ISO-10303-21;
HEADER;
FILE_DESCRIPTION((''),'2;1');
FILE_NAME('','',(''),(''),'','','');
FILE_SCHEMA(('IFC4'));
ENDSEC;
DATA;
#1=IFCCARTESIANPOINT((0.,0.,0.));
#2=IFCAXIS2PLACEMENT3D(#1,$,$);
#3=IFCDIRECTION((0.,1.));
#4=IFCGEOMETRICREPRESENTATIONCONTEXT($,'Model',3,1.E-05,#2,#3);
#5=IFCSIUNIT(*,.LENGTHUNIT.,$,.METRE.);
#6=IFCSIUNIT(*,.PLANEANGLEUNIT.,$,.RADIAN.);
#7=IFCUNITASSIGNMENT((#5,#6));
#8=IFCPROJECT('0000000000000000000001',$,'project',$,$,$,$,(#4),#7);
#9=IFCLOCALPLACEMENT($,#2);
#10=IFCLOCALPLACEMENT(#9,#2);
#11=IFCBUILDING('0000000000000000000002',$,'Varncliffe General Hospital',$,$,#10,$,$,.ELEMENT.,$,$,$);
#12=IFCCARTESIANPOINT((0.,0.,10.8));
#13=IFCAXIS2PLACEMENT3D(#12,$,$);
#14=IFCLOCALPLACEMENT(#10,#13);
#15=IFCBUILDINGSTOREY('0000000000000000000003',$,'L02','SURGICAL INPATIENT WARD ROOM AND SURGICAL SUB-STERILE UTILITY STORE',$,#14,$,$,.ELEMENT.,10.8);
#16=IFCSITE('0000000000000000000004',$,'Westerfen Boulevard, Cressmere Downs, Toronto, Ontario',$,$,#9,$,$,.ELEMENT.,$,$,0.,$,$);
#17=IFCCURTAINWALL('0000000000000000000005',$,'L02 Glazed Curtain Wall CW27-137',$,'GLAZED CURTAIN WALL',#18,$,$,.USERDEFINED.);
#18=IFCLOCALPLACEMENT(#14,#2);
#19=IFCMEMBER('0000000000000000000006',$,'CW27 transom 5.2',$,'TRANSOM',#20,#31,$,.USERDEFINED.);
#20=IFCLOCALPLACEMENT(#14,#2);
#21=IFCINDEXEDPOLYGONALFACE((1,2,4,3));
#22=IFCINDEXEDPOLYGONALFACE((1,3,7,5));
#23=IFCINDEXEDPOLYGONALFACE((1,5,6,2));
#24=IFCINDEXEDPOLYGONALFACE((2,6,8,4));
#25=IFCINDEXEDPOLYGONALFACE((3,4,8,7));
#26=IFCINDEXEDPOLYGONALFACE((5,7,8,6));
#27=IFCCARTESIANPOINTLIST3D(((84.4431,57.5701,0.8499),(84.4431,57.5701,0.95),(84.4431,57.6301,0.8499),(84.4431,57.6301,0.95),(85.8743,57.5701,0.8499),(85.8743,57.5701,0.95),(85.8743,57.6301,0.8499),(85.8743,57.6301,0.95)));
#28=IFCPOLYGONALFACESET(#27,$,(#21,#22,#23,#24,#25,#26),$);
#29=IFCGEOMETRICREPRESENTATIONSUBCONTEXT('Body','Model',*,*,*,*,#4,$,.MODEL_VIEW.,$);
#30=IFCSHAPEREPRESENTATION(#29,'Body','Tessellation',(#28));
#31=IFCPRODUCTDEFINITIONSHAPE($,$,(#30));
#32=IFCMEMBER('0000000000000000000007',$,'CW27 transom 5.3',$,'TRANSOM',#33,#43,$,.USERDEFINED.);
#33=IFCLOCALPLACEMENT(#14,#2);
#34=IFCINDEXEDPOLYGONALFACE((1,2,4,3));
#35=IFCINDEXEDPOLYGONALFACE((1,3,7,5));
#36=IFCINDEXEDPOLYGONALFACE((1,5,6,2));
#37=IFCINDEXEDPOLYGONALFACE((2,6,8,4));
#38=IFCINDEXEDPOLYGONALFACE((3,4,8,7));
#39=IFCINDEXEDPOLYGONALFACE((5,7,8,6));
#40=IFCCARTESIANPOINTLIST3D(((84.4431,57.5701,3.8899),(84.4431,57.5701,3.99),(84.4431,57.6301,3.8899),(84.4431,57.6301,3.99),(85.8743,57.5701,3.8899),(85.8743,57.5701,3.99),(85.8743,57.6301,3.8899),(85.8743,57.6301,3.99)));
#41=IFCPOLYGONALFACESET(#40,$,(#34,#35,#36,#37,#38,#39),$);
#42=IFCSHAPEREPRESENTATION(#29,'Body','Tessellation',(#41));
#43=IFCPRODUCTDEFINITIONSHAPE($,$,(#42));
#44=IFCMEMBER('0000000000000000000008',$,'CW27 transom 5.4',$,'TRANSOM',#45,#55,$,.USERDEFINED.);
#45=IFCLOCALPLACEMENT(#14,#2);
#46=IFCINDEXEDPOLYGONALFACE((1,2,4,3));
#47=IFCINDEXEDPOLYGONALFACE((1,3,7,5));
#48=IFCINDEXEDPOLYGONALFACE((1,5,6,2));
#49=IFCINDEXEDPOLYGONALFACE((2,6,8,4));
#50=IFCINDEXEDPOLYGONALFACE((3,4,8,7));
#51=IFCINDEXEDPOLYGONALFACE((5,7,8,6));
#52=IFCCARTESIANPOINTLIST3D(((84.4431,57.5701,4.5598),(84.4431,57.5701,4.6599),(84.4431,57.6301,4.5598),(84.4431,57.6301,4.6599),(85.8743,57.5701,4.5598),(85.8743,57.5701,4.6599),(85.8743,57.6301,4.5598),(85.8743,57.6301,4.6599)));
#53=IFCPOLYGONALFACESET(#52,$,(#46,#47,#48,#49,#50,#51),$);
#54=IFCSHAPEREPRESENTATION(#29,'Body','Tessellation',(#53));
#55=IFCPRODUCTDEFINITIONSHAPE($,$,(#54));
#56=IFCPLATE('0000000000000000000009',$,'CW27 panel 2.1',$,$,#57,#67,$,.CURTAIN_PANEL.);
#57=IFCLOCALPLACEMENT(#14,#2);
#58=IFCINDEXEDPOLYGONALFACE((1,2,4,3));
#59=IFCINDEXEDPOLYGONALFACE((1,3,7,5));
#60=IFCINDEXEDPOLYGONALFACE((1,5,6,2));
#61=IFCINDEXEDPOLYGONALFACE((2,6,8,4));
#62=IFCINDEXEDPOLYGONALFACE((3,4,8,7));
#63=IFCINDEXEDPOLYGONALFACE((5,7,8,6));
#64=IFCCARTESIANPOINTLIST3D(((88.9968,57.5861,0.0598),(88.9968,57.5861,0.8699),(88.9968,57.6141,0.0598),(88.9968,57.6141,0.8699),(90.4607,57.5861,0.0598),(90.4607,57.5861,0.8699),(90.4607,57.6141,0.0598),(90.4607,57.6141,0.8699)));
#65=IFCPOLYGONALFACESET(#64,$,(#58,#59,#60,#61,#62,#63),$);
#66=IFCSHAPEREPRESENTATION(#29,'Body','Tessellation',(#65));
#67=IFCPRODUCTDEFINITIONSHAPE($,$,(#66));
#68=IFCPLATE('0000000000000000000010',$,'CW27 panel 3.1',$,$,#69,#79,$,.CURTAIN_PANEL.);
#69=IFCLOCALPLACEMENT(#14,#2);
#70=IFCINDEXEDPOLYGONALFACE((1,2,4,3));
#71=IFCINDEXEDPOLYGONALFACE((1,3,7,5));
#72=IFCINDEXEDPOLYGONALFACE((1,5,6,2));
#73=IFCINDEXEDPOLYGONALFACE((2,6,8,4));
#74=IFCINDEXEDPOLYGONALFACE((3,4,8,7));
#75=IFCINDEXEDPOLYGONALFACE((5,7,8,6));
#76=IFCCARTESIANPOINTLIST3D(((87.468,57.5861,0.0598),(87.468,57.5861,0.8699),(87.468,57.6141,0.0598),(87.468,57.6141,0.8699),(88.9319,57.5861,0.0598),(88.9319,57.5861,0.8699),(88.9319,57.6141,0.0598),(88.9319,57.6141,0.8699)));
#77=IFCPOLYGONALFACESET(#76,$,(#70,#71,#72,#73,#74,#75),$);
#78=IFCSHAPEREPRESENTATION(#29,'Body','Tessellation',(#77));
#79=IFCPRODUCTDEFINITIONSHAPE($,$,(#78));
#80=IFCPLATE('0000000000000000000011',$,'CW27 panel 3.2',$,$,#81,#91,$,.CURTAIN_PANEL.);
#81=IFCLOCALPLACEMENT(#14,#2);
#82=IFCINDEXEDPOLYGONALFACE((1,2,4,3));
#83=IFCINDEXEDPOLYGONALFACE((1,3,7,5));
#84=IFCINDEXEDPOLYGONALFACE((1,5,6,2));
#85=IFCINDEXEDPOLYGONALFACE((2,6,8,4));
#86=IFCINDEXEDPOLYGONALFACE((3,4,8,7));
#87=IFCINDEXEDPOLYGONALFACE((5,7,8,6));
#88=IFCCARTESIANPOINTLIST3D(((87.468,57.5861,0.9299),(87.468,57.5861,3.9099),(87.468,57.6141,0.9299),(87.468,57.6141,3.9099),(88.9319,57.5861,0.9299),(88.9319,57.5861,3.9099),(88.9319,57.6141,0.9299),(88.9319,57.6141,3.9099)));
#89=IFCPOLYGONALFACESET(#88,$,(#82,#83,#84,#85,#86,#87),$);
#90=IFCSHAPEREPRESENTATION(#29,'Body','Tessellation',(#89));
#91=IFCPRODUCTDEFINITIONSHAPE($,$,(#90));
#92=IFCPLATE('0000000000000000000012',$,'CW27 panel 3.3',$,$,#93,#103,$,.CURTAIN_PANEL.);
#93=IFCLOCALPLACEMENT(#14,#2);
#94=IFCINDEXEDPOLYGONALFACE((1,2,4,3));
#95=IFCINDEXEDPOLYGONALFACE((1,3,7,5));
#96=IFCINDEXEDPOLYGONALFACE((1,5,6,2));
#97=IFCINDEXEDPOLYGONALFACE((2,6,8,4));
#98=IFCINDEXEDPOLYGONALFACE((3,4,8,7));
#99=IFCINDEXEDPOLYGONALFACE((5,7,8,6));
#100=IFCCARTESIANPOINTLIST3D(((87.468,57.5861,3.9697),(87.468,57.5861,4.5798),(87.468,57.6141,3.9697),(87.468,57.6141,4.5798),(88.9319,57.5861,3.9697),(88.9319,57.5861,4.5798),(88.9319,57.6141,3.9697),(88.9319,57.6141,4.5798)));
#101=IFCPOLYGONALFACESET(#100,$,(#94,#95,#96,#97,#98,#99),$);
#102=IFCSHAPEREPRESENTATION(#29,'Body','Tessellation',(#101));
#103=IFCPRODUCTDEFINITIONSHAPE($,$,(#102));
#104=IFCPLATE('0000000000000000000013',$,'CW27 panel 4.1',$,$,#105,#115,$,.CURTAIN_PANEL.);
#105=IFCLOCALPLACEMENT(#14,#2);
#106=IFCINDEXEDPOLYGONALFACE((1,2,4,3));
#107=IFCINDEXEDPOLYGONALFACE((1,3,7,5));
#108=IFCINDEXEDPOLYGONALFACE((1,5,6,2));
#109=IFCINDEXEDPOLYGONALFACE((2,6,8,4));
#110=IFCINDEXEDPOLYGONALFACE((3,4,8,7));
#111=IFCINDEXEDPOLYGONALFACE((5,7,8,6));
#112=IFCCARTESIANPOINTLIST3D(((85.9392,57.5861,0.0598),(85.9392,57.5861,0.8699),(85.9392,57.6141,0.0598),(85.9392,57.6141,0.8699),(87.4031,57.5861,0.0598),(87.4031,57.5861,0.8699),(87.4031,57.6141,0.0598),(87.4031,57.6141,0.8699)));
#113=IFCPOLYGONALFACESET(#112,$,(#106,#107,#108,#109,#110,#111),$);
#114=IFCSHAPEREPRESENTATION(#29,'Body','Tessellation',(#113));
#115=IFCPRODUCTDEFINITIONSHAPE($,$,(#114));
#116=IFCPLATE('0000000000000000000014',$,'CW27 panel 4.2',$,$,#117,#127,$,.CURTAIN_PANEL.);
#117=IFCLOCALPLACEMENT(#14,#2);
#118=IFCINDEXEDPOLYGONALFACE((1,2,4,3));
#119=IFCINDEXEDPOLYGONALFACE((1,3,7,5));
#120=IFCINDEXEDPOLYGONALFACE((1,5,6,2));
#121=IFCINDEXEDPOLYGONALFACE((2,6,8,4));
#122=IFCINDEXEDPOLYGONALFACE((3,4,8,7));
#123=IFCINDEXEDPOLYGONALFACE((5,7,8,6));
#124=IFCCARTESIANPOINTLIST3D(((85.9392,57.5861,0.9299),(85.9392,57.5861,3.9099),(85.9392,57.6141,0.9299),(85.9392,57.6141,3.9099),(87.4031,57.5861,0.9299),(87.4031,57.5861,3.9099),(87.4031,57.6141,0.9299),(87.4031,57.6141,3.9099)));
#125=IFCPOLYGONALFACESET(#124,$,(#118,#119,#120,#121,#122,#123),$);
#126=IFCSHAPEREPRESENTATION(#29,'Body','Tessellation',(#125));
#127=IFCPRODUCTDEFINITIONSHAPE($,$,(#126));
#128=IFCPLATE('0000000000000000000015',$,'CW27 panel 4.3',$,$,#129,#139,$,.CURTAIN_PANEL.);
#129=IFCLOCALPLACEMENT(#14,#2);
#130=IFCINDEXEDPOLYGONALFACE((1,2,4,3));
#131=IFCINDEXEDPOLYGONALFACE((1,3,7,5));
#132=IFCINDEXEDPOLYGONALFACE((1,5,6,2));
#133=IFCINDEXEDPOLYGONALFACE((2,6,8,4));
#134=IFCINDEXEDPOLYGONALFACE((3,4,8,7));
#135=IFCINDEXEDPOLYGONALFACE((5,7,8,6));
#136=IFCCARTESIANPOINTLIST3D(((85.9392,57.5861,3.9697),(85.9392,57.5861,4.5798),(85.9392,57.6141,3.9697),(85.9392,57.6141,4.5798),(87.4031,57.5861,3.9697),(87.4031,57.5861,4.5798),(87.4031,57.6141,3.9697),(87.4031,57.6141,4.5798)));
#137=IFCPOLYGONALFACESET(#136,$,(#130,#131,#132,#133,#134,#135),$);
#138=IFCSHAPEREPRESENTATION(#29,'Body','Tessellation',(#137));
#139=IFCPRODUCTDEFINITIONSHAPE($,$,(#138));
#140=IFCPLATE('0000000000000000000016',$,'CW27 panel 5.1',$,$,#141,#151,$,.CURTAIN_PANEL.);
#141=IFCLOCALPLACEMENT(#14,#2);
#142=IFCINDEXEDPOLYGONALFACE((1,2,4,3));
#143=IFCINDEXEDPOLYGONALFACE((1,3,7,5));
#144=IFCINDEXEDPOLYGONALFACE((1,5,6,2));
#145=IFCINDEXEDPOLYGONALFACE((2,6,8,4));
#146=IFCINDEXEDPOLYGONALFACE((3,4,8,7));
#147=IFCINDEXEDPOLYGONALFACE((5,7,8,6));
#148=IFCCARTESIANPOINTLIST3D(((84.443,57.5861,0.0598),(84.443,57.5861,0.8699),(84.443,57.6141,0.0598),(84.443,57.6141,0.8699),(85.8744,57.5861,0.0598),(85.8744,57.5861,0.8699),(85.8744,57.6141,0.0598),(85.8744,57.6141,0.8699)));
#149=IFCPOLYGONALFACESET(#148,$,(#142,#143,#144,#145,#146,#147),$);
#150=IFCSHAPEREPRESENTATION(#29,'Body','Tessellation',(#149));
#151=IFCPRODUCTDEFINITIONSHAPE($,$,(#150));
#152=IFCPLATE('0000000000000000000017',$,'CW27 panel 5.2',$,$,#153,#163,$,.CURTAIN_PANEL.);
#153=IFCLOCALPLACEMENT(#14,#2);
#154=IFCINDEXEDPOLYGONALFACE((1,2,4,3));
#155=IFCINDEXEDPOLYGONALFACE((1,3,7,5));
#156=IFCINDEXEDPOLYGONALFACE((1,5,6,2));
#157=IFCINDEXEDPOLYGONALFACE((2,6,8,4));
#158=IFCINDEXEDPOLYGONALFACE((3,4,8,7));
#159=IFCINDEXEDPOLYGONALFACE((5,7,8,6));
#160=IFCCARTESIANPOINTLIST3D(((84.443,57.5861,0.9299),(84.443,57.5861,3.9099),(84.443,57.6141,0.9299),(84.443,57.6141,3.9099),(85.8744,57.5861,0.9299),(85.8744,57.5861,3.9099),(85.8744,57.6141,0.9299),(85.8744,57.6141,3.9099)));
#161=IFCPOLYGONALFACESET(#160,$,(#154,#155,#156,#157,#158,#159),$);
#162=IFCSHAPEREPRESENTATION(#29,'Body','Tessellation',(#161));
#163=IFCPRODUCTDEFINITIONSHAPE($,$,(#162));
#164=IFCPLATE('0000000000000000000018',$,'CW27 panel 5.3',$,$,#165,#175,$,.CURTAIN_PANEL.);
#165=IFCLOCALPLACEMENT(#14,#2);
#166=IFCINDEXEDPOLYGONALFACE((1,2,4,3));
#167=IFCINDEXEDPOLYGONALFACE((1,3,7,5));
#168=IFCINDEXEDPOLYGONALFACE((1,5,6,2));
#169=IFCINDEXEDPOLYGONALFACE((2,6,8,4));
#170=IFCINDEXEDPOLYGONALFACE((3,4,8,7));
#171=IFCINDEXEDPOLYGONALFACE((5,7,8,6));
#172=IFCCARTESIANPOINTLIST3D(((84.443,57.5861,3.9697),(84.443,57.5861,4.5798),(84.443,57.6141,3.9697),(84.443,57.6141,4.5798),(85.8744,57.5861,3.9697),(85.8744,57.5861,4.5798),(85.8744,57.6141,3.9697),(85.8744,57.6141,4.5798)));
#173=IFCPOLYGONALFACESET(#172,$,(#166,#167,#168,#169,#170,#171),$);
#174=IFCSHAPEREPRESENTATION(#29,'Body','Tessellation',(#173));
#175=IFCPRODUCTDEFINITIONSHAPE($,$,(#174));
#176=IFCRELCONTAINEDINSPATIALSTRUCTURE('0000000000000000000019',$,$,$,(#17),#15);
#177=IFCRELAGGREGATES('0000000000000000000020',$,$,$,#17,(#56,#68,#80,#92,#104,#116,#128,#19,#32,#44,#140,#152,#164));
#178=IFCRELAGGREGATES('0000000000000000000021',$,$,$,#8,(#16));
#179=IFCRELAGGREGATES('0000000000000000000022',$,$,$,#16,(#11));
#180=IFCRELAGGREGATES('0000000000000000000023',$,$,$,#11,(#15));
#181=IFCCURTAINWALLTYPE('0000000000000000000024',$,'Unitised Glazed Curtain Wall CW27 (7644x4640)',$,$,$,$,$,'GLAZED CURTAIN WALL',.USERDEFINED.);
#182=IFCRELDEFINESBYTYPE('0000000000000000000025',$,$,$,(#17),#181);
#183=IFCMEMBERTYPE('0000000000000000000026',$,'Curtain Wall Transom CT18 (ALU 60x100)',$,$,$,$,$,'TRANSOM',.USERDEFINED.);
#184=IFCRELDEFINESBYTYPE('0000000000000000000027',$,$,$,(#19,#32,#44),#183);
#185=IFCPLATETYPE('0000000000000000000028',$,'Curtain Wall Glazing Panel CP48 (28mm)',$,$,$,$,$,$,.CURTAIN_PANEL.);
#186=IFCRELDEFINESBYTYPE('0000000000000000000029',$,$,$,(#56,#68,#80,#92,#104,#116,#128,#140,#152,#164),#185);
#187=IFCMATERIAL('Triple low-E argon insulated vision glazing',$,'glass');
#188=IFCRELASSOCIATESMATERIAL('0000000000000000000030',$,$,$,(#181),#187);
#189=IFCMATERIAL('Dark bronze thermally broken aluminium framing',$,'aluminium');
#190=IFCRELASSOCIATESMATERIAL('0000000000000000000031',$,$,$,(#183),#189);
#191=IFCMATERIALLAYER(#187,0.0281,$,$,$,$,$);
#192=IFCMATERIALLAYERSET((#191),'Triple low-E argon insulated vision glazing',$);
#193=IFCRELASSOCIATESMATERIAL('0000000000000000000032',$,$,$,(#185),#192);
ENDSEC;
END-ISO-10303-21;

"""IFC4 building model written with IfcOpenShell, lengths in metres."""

from ifc_helpers import new_model, si_unit, direction, frame, origin, origin_2d, place, context, subcontext, project, spatial, rectangle, extrude, material, layer, layer_set, material_profile, profile_set, type_object, element, aggregate, save


model = new_model("IFC4")

# Units and contexts
model_context = context("Model", 3, precision=1e-05, world=origin(), true_north=direction((0.0, 1.0)))
body_context = subcontext(model_context, "Body", "Model", "MODEL_VIEW")
ifc_project = project(units=[si_unit("LENGTHUNIT", "METRE"), si_unit("PLANEANGLEUNIT", "RADIAN")], contexts=[model_context])

# Site, building, storey
site_placement = place(None, origin())
site = spatial("IfcSite", under=ifc_project, at=site_placement, Name="Westerfen Boulevard, Cressmere Downs, Toronto, Ontario", CompositionType="ELEMENT", RefElevation=0.0)
building_placement = place(site_placement, origin())
building = spatial("IfcBuilding", under=site, at=building_placement, Name="Varncliffe General Hospital", CompositionType="ELEMENT")
storey_placement = place(building_placement, frame((0.0, 0.0, 10.8)))
storey = spatial("IfcBuildingStorey", under=building, at=storey_placement, Name="L02", Description="SURGICAL INPATIENT WARD ROOM AND SURGICAL SUB-STERILE UTILITY STORE", CompositionType="ELEMENT", Elevation=10.8)

# Curtain wall, members, plates
ifc_material_1 = material(Name="Triple low-E argon insulated vision glazing", Category="glass")
curtain_wall_type = type_object("IfcCurtainWallType", Name="Unitised Glazed Curtain Wall CW27 (7644x4640)", ElementType="GLAZED CURTAIN WALL", PredefinedType="USERDEFINED", material=ifc_material_1)
curtain_wall_placement = place(storey_placement, origin())
curtain_wall = element("IfcCurtainWall", 1, at=curtain_wall_placement, inside=storey, type_object=curtain_wall_type, Name="L02 Glazed Curtain Wall CW27-137", ObjectType="GLAZED CURTAIN WALL", PredefinedType="USERDEFINED")
ifc_material_2 = material(Name="Dark bronze thermally broken aluminium framing", Category="aluminium")
ifc_material_profile_1 = material_profile(ifc_material_2, rectangle(XDim=0.0601, YDim=0.1001, at=origin_2d()), Name="ALU 60x100")
ifc_profile_set_1 = profile_set([ifc_material_profile_1], Name="Dark bronze thermally broken aluminium framing")
member_type_1 = type_object("IfcMemberType", Name="Curtain Wall Transom CT18 (ALU 60x100)", ElementType="TRANSOM", PredefinedType="USERDEFINED", material=ifc_profile_set_1)
member_1_placement = place(storey_placement, frame((85.8743, 57.6001, 0.8999), z_axis=(-1.0, 0.0, 0.0), x_axis=(0.0, -1.0, 0.0)))
member_1 = element("IfcMember", 2, at=member_1_placement, type_object=member_type_1, Name="CW27 transom 5.2", ObjectType="TRANSOM", PredefinedType="USERDEFINED", context=body_context, shape_type="SweptSolid", body=[
    extrude(rectangle(XDim=0.0601, YDim=0.1001, at=origin_2d()), origin(), (0.0, 0.0, 1.0), 1.4312),
])
member_2_placement = place(storey_placement, frame((85.8743, 57.6001, 3.9399), z_axis=(-1.0, 0.0, 0.0), x_axis=(0.0, -1.0, 0.0)))
member_2 = element("IfcMember", 3, at=member_2_placement, type_object=member_type_1, Name="CW27 transom 5.3", ObjectType="TRANSOM", PredefinedType="USERDEFINED", context=body_context, shape_type="SweptSolid", body=[
    extrude(rectangle(XDim=0.0601, YDim=0.1001, at=origin_2d()), origin(), (0.0, 0.0, 1.0), 1.4312),
])
member_3_placement = place(storey_placement, frame((85.8743, 57.6001, 4.6099), z_axis=(-1.0, 0.0, 0.0), x_axis=(0.0, -1.0, 0.0)))
member_3 = element("IfcMember", 4, at=member_3_placement, type_object=member_type_1, Name="CW27 transom 5.4", ObjectType="TRANSOM", PredefinedType="USERDEFINED", context=body_context, shape_type="SweptSolid", body=[
    extrude(rectangle(XDim=0.0601, YDim=0.1001, at=origin_2d()), origin(), (0.0, 0.0, 1.0), 1.4312),
])
ifc_layer = layer(ifc_material_1, 0.0281)
ifc_layer_set = layer_set([ifc_layer], Name="Triple low-E argon insulated vision glazing")
plate_type = type_object("IfcPlateType", Name="Curtain Wall Glazing Panel CP48 (28mm)", PredefinedType="CURTAIN_PANEL", material=ifc_layer_set)
plate_1_placement = place(storey_placement, frame((89.7288, 57.6001, 0.0598), z_axis=(0.0, 0.0, 1.0), x_axis=(-1.0, 0.0, 0.0)))
plate_1 = element("IfcPlate", 5, at=plate_1_placement, type_object=plate_type, Name="CW27 panel 2.1", PredefinedType="CURTAIN_PANEL", context=body_context, shape_type="SweptSolid", body=[
    extrude(rectangle(XDim=1.4639, YDim=0.0281, at=origin_2d()), origin(), (0.0, 0.0, 1.0), 0.8101),
])
plate_2_placement = place(storey_placement, frame((88.2, 57.6001, 0.0598), z_axis=(0.0, 0.0, 1.0), x_axis=(-1.0, 0.0, 0.0)))
plate_2 = element("IfcPlate", 6, at=plate_2_placement, type_object=plate_type, Name="CW27 panel 3.1", PredefinedType="CURTAIN_PANEL", context=body_context, shape_type="SweptSolid", body=[
    extrude(rectangle(XDim=1.4639, YDim=0.0281, at=origin_2d()), origin(), (0.0, 0.0, 1.0), 0.8101),
])
plate_3_placement = place(storey_placement, frame((88.2, 57.6001, 0.9299), z_axis=(0.0, 0.0, 1.0), x_axis=(-1.0, 0.0, 0.0)))
plate_3 = element("IfcPlate", 7, at=plate_3_placement, type_object=plate_type, Name="CW27 panel 3.2", PredefinedType="CURTAIN_PANEL", context=body_context, shape_type="SweptSolid", body=[
    extrude(rectangle(XDim=1.4639, YDim=0.0281, at=origin_2d()), origin(), (0.0, 0.0, 1.0), 2.98),
])
plate_4_placement = place(storey_placement, frame((88.2, 57.6001, 3.9697), z_axis=(0.0, 0.0, 1.0), x_axis=(-1.0, 0.0, 0.0)))
plate_4 = element("IfcPlate", 8, at=plate_4_placement, type_object=plate_type, Name="CW27 panel 3.3", PredefinedType="CURTAIN_PANEL", context=body_context, shape_type="SweptSolid", body=[
    extrude(rectangle(XDim=1.4639, YDim=0.0281, at=origin_2d()), origin(), (0.0, 0.0, 1.0), 0.6101),
])
plate_5_placement = place(storey_placement, frame((86.6711, 57.6001, 0.0598), z_axis=(0.0, 0.0, 1.0), x_axis=(-1.0, 0.0, 0.0)))
plate_5 = element("IfcPlate", 9, at=plate_5_placement, type_object=plate_type, Name="CW27 panel 4.1", PredefinedType="CURTAIN_PANEL", context=body_context, shape_type="SweptSolid", body=[
    extrude(rectangle(XDim=1.4639, YDim=0.0281, at=origin_2d()), origin(), (0.0, 0.0, 1.0), 0.8101),
])
plate_6_placement = place(storey_placement, frame((86.6711, 57.6001, 0.9299), z_axis=(0.0, 0.0, 1.0), x_axis=(-1.0, 0.0, 0.0)))
plate_6 = element("IfcPlate", 10, at=plate_6_placement, type_object=plate_type, Name="CW27 panel 4.2", PredefinedType="CURTAIN_PANEL", context=body_context, shape_type="SweptSolid", body=[
    extrude(rectangle(XDim=1.4639, YDim=0.0281, at=origin_2d()), origin(), (0.0, 0.0, 1.0), 2.98),
])
plate_7_placement = place(storey_placement, frame((86.6711, 57.6001, 3.9697), z_axis=(0.0, 0.0, 1.0), x_axis=(-1.0, 0.0, 0.0)))
plate_7 = element("IfcPlate", 11, at=plate_7_placement, type_object=plate_type, Name="CW27 panel 4.3", PredefinedType="CURTAIN_PANEL", context=body_context, shape_type="SweptSolid", body=[
    extrude(rectangle(XDim=1.4639, YDim=0.0281, at=origin_2d()), origin(), (0.0, 0.0, 1.0), 0.6101),
])
plate_8_placement = place(storey_placement, frame((85.1587, 57.6001, 0.0598), z_axis=(0.0, 0.0, 1.0), x_axis=(-1.0, 0.0, 0.0)))
plate_8 = element("IfcPlate", 12, at=plate_8_placement, type_object=plate_type, Name="CW27 panel 5.1", PredefinedType="CURTAIN_PANEL", context=body_context, shape_type="SweptSolid", body=[
    extrude(rectangle(XDim=1.4314, YDim=0.0281, at=origin_2d()), origin(), (0.0, 0.0, 1.0), 0.8101),
])
plate_9_placement = place(storey_placement, frame((85.1587, 57.6001, 0.9299), z_axis=(0.0, 0.0, 1.0), x_axis=(-1.0, 0.0, 0.0)))
plate_9 = element("IfcPlate", 13, at=plate_9_placement, type_object=plate_type, Name="CW27 panel 5.2", PredefinedType="CURTAIN_PANEL", context=body_context, shape_type="SweptSolid", body=[
    extrude(rectangle(XDim=1.4314, YDim=0.0281, at=origin_2d()), origin(), (0.0, 0.0, 1.0), 2.98),
])
plate_10_placement = place(storey_placement, frame((85.1587, 57.6001, 3.9697), z_axis=(0.0, 0.0, 1.0), x_axis=(-1.0, 0.0, 0.0)))
plate_10 = element("IfcPlate", 14, at=plate_10_placement, type_object=plate_type, Name="CW27 panel 5.3", PredefinedType="CURTAIN_PANEL", context=body_context, shape_type="SweptSolid", body=[
    extrude(rectangle(XDim=1.4314, YDim=0.0281, at=origin_2d()), origin(), (0.0, 0.0, 1.0), 0.6101),
])
aggregate(curtain_wall, [plate_1, plate_2, plate_3, plate_4, plate_5, plate_6, plate_7, member_1, member_2, member_3, plate_8, plate_9, plate_10])

save(model, "model.ifc")
